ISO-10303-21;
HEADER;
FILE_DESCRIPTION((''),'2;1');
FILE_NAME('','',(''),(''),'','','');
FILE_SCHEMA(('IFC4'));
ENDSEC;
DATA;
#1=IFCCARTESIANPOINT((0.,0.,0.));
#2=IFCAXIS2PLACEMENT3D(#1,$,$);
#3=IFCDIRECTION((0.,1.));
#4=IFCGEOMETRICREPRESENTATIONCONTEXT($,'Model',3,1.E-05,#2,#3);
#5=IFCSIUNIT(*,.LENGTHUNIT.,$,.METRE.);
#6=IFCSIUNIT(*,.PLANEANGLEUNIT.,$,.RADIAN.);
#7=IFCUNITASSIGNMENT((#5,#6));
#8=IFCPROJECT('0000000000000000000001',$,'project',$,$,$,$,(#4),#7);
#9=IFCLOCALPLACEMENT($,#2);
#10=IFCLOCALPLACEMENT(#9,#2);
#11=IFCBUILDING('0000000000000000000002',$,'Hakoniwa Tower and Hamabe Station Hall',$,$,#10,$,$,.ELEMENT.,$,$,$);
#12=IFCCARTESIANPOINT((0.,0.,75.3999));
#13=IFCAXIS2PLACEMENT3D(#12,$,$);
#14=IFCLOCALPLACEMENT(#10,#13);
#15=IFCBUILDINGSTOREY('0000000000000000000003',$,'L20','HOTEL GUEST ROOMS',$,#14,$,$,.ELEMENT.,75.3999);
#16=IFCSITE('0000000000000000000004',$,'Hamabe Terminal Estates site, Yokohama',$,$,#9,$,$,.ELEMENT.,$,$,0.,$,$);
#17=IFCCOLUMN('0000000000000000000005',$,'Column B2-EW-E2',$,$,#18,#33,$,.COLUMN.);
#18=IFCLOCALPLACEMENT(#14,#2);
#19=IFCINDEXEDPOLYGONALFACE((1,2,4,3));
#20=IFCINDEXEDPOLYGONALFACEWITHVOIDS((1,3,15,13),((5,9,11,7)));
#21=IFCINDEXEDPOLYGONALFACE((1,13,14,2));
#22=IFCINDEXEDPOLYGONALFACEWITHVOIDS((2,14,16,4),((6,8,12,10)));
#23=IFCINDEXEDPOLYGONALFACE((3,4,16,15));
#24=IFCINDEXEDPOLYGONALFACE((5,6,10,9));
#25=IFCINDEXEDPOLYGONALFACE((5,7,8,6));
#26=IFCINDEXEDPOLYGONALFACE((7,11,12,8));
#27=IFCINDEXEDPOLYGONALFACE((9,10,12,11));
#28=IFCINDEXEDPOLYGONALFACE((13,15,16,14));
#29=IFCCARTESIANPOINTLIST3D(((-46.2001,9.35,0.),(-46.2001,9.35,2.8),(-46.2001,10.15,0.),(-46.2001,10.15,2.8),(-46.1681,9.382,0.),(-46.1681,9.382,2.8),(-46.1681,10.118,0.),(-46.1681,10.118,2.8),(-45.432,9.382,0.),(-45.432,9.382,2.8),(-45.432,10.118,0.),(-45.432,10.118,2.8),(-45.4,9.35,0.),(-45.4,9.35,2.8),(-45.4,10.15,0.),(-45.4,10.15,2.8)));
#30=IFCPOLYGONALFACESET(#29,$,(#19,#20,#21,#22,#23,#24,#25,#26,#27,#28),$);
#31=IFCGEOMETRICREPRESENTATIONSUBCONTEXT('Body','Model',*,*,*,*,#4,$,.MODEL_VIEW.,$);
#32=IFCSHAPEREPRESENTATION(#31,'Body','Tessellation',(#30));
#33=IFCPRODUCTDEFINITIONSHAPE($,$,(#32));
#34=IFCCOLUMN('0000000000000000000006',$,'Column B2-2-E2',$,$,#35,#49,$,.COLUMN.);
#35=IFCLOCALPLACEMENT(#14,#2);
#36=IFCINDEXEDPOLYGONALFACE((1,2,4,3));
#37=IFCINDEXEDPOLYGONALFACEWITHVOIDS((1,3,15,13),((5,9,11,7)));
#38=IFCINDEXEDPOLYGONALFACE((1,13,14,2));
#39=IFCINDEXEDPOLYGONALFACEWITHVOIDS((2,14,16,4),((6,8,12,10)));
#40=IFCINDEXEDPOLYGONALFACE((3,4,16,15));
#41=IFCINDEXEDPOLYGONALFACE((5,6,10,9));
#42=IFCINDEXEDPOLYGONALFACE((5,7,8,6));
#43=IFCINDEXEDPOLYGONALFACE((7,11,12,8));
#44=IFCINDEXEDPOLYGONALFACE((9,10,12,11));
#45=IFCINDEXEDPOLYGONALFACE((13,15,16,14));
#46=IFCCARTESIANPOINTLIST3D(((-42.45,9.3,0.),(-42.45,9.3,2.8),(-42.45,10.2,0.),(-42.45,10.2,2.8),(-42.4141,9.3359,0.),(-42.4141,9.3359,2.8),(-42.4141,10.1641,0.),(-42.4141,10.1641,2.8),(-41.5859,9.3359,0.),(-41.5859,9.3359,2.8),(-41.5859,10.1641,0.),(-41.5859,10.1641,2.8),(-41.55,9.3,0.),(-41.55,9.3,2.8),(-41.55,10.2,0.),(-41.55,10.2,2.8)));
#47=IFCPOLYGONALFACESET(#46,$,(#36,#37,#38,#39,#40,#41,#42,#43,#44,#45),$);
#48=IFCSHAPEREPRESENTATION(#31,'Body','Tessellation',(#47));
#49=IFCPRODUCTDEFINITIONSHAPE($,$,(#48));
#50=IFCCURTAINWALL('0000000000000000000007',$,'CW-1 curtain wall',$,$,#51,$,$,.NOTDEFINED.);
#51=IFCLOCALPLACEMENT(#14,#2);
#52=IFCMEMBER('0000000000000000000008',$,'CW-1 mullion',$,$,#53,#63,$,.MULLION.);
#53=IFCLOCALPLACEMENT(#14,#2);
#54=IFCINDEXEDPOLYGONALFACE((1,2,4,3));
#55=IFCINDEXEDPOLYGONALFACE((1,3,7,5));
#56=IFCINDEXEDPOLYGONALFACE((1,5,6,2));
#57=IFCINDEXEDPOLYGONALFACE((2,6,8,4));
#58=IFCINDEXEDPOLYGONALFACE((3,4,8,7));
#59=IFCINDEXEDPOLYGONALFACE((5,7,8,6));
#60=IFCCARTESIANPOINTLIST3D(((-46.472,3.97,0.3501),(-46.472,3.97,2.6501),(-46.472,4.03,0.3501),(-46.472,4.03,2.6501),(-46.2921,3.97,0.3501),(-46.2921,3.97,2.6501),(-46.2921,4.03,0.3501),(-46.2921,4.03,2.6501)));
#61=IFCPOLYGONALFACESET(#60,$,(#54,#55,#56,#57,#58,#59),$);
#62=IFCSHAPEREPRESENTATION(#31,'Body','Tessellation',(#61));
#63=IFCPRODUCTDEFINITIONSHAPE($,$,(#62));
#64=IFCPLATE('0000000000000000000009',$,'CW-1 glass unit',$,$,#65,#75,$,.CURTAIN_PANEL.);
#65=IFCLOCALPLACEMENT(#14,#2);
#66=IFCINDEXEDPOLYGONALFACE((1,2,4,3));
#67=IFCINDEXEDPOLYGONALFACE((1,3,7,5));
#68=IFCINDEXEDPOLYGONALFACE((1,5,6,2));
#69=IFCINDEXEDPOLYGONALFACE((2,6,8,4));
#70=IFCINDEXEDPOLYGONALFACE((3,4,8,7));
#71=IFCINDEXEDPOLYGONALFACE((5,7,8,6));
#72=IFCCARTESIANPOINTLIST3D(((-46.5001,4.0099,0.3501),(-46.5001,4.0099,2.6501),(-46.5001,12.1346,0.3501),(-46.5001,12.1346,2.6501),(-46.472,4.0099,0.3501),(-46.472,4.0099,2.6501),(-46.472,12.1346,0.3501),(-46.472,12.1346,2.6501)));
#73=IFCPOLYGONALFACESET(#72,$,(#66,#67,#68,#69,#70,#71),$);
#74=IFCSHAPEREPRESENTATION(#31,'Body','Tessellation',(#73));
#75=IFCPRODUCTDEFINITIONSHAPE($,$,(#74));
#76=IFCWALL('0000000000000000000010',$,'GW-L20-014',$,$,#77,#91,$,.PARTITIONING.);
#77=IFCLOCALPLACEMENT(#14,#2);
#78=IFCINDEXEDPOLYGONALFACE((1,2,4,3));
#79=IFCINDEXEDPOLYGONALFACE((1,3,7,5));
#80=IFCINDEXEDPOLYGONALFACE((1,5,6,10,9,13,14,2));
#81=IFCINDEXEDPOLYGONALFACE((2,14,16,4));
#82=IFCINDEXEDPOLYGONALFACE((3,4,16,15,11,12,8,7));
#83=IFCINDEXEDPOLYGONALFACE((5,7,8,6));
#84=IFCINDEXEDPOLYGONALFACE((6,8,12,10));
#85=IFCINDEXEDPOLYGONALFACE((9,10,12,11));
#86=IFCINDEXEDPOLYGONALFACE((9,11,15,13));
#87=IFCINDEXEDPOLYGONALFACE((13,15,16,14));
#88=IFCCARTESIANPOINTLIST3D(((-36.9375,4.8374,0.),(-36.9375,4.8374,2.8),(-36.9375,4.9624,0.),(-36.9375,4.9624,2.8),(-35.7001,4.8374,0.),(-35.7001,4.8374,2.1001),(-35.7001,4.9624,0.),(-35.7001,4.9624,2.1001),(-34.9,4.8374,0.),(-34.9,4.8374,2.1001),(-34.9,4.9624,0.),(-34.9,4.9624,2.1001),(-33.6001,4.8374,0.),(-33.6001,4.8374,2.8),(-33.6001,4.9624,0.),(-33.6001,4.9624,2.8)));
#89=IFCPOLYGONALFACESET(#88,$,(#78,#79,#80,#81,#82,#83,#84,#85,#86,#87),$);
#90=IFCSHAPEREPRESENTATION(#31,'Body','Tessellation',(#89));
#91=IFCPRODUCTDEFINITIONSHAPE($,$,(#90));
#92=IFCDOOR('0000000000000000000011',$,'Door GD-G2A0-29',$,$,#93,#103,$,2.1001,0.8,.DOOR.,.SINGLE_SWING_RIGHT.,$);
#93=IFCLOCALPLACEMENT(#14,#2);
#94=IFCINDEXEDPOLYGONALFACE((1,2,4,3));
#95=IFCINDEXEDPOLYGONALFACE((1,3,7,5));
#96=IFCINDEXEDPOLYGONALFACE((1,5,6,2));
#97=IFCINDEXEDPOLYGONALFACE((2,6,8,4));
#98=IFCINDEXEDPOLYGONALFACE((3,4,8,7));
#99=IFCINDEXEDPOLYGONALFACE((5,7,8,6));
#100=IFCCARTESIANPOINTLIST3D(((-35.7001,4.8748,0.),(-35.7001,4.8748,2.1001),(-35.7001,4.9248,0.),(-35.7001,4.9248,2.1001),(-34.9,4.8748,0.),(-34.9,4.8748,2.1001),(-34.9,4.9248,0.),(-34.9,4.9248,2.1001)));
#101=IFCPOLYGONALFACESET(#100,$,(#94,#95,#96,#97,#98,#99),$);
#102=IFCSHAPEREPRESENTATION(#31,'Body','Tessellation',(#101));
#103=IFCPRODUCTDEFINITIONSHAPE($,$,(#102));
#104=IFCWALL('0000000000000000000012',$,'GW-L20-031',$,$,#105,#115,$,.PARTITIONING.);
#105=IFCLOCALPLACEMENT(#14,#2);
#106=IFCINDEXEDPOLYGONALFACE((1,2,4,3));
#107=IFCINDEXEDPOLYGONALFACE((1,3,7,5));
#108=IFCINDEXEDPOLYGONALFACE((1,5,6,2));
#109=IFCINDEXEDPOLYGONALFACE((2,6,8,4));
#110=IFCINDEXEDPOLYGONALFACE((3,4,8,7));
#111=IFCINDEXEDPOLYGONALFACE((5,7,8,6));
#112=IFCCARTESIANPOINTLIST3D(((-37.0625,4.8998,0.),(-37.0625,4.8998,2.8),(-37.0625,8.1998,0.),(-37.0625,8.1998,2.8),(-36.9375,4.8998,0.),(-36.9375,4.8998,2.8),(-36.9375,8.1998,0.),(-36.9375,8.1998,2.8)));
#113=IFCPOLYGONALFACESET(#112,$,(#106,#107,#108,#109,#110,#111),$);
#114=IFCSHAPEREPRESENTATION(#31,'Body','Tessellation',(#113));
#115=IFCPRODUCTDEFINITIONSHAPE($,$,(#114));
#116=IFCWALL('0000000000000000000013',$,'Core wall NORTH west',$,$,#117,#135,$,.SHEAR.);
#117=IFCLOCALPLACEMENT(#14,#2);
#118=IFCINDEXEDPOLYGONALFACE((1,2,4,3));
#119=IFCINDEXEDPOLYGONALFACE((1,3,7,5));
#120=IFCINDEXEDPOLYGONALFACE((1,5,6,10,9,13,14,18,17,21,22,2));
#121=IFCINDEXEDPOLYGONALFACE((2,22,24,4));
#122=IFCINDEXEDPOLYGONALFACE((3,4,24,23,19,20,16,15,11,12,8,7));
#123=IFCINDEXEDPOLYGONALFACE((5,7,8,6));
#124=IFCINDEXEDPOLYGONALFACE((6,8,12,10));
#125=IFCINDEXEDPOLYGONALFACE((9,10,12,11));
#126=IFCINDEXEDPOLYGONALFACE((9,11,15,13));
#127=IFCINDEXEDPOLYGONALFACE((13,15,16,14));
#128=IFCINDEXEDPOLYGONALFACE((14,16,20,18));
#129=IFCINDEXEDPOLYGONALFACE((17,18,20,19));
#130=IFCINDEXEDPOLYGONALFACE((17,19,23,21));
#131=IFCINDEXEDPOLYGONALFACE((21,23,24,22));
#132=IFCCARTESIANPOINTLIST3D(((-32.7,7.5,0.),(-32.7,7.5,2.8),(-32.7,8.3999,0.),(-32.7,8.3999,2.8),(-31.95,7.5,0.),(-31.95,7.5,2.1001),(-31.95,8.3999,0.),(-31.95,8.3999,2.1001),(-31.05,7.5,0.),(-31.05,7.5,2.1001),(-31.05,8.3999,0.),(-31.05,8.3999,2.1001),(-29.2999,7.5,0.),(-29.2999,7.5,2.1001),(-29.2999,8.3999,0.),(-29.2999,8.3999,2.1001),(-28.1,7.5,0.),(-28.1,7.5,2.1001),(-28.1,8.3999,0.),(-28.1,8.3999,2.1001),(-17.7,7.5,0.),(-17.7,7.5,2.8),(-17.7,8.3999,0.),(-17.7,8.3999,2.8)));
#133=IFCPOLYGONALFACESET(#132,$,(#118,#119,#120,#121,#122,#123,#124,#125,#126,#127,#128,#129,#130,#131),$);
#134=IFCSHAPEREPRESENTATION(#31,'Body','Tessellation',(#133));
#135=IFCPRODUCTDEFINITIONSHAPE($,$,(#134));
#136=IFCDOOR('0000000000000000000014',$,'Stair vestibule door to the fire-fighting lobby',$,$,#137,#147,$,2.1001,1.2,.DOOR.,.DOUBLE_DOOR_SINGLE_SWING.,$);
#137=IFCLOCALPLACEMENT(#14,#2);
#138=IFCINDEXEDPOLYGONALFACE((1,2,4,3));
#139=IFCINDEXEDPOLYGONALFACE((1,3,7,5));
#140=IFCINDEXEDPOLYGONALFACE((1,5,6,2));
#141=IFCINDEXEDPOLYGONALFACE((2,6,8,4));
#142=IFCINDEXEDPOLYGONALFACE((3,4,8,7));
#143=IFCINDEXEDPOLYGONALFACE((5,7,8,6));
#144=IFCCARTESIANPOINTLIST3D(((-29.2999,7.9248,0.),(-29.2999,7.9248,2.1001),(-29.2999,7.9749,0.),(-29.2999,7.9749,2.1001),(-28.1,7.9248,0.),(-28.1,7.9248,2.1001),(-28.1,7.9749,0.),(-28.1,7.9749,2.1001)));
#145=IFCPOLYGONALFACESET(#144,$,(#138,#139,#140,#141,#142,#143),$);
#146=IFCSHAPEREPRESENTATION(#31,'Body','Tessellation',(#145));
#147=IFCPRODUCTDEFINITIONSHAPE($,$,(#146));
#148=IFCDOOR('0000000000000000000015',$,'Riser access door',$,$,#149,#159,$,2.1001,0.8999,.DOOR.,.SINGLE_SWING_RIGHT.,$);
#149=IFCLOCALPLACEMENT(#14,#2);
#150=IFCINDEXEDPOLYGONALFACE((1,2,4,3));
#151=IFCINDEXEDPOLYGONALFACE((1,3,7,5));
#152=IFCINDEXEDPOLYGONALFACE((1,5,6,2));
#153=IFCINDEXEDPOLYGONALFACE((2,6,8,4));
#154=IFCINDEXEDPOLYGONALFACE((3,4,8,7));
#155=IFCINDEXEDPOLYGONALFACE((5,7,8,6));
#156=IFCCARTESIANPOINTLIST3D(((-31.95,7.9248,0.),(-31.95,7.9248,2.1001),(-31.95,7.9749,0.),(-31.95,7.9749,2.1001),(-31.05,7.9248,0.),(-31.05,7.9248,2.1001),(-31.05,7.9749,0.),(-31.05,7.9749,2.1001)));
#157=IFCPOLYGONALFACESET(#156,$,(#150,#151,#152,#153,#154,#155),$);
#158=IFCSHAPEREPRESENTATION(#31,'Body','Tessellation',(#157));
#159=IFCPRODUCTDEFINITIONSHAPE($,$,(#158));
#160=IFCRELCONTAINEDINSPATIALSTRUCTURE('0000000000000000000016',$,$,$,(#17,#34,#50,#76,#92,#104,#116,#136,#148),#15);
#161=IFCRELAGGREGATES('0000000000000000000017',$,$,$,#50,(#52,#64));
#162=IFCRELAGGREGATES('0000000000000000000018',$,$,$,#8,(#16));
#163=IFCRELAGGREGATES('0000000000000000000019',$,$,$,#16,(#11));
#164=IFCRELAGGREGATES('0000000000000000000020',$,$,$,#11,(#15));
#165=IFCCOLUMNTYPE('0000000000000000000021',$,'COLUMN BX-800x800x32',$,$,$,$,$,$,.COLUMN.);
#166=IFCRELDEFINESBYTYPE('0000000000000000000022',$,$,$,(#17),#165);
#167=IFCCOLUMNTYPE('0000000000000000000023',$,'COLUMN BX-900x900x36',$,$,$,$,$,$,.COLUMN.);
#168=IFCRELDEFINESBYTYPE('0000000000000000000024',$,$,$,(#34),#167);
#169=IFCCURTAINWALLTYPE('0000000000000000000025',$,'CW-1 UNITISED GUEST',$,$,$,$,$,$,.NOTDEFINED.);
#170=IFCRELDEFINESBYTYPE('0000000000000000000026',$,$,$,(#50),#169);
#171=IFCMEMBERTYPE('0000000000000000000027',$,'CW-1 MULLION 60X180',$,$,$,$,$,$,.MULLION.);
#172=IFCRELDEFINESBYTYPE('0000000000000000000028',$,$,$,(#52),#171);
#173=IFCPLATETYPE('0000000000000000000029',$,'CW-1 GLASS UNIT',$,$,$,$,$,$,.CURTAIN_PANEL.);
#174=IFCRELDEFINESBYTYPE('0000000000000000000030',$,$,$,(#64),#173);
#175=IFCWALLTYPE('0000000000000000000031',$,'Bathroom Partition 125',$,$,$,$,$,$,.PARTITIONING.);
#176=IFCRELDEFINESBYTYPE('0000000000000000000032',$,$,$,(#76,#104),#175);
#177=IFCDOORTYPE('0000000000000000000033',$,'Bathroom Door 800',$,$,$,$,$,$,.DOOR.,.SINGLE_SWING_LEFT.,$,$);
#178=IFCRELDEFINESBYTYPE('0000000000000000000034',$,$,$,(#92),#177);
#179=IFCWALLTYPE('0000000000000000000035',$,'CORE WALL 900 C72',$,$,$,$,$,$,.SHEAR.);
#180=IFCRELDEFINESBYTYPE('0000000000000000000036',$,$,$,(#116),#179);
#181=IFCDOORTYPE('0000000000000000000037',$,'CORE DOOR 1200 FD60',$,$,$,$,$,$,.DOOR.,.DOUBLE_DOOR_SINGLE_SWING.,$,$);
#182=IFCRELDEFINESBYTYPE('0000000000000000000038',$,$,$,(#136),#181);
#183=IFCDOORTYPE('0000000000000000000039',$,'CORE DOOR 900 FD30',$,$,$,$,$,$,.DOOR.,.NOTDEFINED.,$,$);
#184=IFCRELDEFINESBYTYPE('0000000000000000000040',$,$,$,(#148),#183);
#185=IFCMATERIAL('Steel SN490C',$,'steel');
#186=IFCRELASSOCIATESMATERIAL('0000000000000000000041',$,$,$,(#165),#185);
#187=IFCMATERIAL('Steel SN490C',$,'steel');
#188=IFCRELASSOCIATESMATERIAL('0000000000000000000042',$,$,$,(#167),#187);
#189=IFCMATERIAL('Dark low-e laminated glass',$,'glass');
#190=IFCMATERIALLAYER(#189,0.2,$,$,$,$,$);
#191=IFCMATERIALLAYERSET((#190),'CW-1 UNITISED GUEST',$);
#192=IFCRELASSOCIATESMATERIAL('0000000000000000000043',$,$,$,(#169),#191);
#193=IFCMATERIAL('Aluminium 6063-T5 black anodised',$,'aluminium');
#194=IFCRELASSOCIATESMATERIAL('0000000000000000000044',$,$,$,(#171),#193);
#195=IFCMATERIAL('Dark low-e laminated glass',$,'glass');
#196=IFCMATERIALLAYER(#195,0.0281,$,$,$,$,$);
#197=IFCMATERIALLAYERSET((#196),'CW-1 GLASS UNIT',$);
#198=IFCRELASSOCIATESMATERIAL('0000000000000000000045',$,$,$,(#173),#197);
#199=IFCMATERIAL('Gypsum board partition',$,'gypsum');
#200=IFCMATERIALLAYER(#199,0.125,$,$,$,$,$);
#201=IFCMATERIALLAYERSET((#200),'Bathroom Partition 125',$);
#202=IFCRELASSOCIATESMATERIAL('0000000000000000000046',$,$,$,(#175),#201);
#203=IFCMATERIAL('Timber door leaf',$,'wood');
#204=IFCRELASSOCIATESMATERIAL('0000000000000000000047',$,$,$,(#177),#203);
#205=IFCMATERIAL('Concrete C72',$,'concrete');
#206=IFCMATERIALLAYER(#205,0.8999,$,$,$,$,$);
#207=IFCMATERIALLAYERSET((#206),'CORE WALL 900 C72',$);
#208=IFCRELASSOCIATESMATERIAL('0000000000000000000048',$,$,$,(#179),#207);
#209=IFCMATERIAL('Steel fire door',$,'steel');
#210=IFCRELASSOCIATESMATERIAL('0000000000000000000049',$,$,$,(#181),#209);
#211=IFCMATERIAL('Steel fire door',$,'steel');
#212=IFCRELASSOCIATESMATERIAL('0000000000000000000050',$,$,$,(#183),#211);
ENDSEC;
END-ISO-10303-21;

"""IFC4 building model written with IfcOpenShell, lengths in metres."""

from ifc_helpers import new_model, si_unit, direction, frame, frame_2d, origin, origin_2d, place, context, subcontext, project, spatial, rectangle, hollow_rectangle, extrude, material, layer, layer_set, material_profile, profile_set, type_object, element, fill, aggregate, save


model = new_model("IFC4")

# Units and contexts
model_context = context("Model", 3, precision=1e-05, world=origin(), true_north=direction((0.0, 1.0)))
body_context = subcontext(model_context, "Body", "Model", "MODEL_VIEW")
ifc_project = project(units=[si_unit("LENGTHUNIT", "METRE"), si_unit("PLANEANGLEUNIT", "RADIAN")], contexts=[model_context])

# Site, building, storey
site_placement = place(None, origin())
site = spatial("IfcSite", under=ifc_project, at=site_placement, Name="Hamabe Terminal Estates site, Yokohama", CompositionType="ELEMENT", RefElevation=0.0)
building_placement = place(site_placement, origin())
building = spatial("IfcBuilding", under=site, at=building_placement, Name="Hakoniwa Tower and Hamabe Station Hall", CompositionType="ELEMENT")
storey_placement = place(building_placement, frame((0.0, 0.0, 75.3999)))
storey = spatial("IfcBuildingStorey", under=building, at=storey_placement, Name="L20", Description="HOTEL GUEST ROOMS", CompositionType="ELEMENT", Elevation=75.3999)

# Columns
ifc_material_1 = material(Name="Steel SN490C", Category="steel")
ifc_material_profile_1 = material_profile(ifc_material_1, hollow_rectangle(XDim=0.8, YDim=0.8, WallThickness=0.032, at=origin_2d()), Name="BX-800x800x32")
ifc_profile_set_1 = profile_set([ifc_material_profile_1], Name="Steel SN490C")
column_type_1 = type_object("IfcColumnType", Name="COLUMN BX-800x800x32", PredefinedType="COLUMN", material=ifc_profile_set_1)
column_1_placement = place(storey_placement, frame((-45.8, 9.75, 0.0), z_axis=(0.0, 0.0, 1.0), x_axis=(1.0, 0.0, 0.0)))
element("IfcColumn", 1, at=column_1_placement, inside=storey, type_object=column_type_1, Name="Column B2-EW-E2", PredefinedType="COLUMN", context=body_context, shape_type="SweptSolid", body=[
    extrude(hollow_rectangle(XDim=0.8, YDim=0.8, WallThickness=0.032, at=origin_2d()), origin(), (0.0, 0.0, 1.0), 2.8),
])
ifc_material_2 = material(Name="Steel SN490C", Category="steel")
ifc_material_profile_2 = material_profile(ifc_material_2, hollow_rectangle(XDim=0.8999, YDim=0.8999, WallThickness=0.0359, at=origin_2d()), Name="BX-900x900x36")
ifc_profile_set_2 = profile_set([ifc_material_profile_2], Name="Steel SN490C")
column_type_2 = type_object("IfcColumnType", Name="COLUMN BX-900x900x36", PredefinedType="COLUMN", material=ifc_profile_set_2)
column_2_placement = place(storey_placement, frame((-42.0, 9.75, 0.0), z_axis=(0.0, 0.0, 1.0), x_axis=(1.0, 0.0, 0.0)))
element("IfcColumn", 2, at=column_2_placement, inside=storey, type_object=column_type_2, Name="Column B2-2-E2", PredefinedType="COLUMN", context=body_context, shape_type="SweptSolid", body=[
    extrude(hollow_rectangle(XDim=0.8999, YDim=0.8999, WallThickness=0.0359, at=origin_2d()), origin(), (0.0, 0.0, 1.0), 2.8),
])

# Curtain wall, member, plate
ifc_material_3 = material(Name="Dark low-e laminated glass", Category="glass")
ifc_layer_1 = layer(ifc_material_3, 0.2)
ifc_layer_set_1 = layer_set([ifc_layer_1], Name="CW-1 UNITISED GUEST")
curtain_wall_type = type_object("IfcCurtainWallType", Name="CW-1 UNITISED GUEST", PredefinedType="NOTDEFINED", material=ifc_layer_set_1)
curtain_wall_placement = place(storey_placement, origin())
curtain_wall = element("IfcCurtainWall", 3, at=curtain_wall_placement, inside=storey, type_object=curtain_wall_type, Name="CW-1 curtain wall", PredefinedType="NOTDEFINED")
ifc_material_4 = material(Name="Aluminium 6063-T5 black anodised", Category="aluminium")
ifc_material_profile_3 = material_profile(ifc_material_4, rectangle(XDim=0.0601, YDim=0.1799, at=origin_2d()), Name="CW-1 MULLION 60X180")
ifc_profile_set_3 = profile_set([ifc_material_profile_3], Name="Aluminium 6063-T5 black anodised")
member_type = type_object("IfcMemberType", Name="CW-1 MULLION 60X180", PredefinedType="MULLION", material=ifc_profile_set_3)
member_placement = place(storey_placement, frame((-46.3821, 4.0, 0.3501), z_axis=(0.0, 0.0, 1.0), x_axis=(0.0, -1.0, 0.0)))
member = element("IfcMember", 4, at=member_placement, type_object=member_type, Name="CW-1 mullion", PredefinedType="MULLION", context=body_context, shape_type="SweptSolid", body=[
    extrude(rectangle(XDim=0.0601, YDim=0.1799, at=origin_2d()), origin(), (0.0, 0.0, 1.0), 2.3),
])
ifc_material_5 = material(Name="Dark low-e laminated glass", Category="glass")
ifc_layer_2 = layer(ifc_material_5, 0.0281)
ifc_layer_set_2 = layer_set([ifc_layer_2], Name="CW-1 GLASS UNIT")
plate_type = type_object("IfcPlateType", Name="CW-1 GLASS UNIT", PredefinedType="CURTAIN_PANEL", material=ifc_layer_set_2)
plate_placement = place(storey_placement, frame((-46.4861, 8.0723, 0.3501), z_axis=(0.0, 0.0, 1.0), x_axis=(0.0, -1.0, 0.0)))
plate = element("IfcPlate", 5, at=plate_placement, type_object=plate_type, Name="CW-1 glass unit", PredefinedType="CURTAIN_PANEL", context=body_context, shape_type="SweptSolid", body=[
    extrude(rectangle(XDim=8.1248, YDim=0.0281, at=origin_2d()), origin(), (0.0, 0.0, 1.0), 2.3),
])
aggregate(curtain_wall, [member, plate])

# Wall, opening, door
ifc_material_6 = material(Name="Gypsum board partition", Category="gypsum")
ifc_layer_3 = layer(ifc_material_6, 0.125)
ifc_layer_set_3 = layer_set([ifc_layer_3], Name="Bathroom Partition 125")
wall_type_1 = type_object("IfcWallType", Name="Bathroom Partition 125", PredefinedType="PARTITIONING", material=ifc_layer_set_3)
wall_1_placement = place(storey_placement, frame((-36.9375, 4.8999, 0.0), z_axis=(0.0, 0.0, 1.0), x_axis=(1.0, 0.0, 0.0)))
wall_1 = element("IfcWall", 6, at=wall_1_placement, inside=storey, type_object=wall_type_1, Name="GW-L20-014", PredefinedType="PARTITIONING", context=body_context, shape_type="SweptSolid", body=[
    extrude(rectangle(XDim=3.3374, YDim=0.125, at=frame_2d((1.6687, 0.0))), origin(), (0.0, 0.0, 1.0), 2.8),
])
opening_1_placement = place(wall_1_placement, frame((1.2375, 0.0, 0.0)))
opening_1 = element("IfcOpeningElement", 7, at=opening_1_placement, cuts=wall_1, PredefinedType="OPENING", context=body_context, shape_type="SweptSolid", body=[
    extrude(rectangle(XDim=0.8, YDim=2.1001, at=frame_2d((0.3999, 1.05))), frame((0.0, 0.0725, 0.0), z_axis=(0.0, -1.0, 0.0), x_axis=(1.0, 0.0, 0.0)), (0.0, 0.0, 1.0), 0.145),
])
ifc_material_7 = material(Name="Timber door leaf", Category="wood")
door_type_1 = type_object("IfcDoorType", Name="Bathroom Door 800", OperationType="SINGLE_SWING_LEFT", PredefinedType="DOOR", material=ifc_material_7)
door_1_placement = place(opening_1_placement, origin())
door_1 = element("IfcDoor", 8, at=door_1_placement, inside=storey, type_object=door_type_1, Name="Door GD-G2A0-29", OperationType="SINGLE_SWING_RIGHT", OverallHeight=2.1001, OverallWidth=0.8, PredefinedType="DOOR", context=body_context, shape_type="SweptSolid", body=[
    extrude(rectangle(XDim=0.8, YDim=2.1001, at=frame_2d((0.3999, 1.05))), frame((0.0, 0.0249, 0.0), z_axis=(0.0, -1.0, 0.0), x_axis=(1.0, 0.0, 0.0)), (0.0, 0.0, 1.0), 0.05),
])
fill(opening_1, door_1)

# Wall
wall_2_placement = place(storey_placement, frame((-37.0, 4.8999, 0.0), z_axis=(0.0, 0.0, 1.0), x_axis=(0.0, 1.0, 0.0)))
element("IfcWall", 9, at=wall_2_placement, inside=storey, type_object=wall_type_1, Name="GW-L20-031", PredefinedType="PARTITIONING", context=body_context, shape_type="SweptSolid", body=[
    extrude(rectangle(XDim=3.3, YDim=0.125, at=frame_2d((1.6499, 0.0))), origin(), (0.0, 0.0, 1.0), 2.8),
])

# Wall, openings, doors
ifc_material_8 = material(Name="Concrete C72", Category="concrete")
ifc_layer_4 = layer(ifc_material_8, 0.8999)
ifc_layer_set_4 = layer_set([ifc_layer_4], Name="CORE WALL 900 C72")
wall_type_2 = type_object("IfcWallType", Name="CORE WALL 900 C72", PredefinedType="SHEAR", material=ifc_layer_set_4)
wall_3_placement = place(storey_placement, frame((-32.7, 7.95, 0.0), z_axis=(0.0, 0.0, 1.0), x_axis=(1.0, 0.0, 0.0)))
wall_3 = element("IfcWall", 10, at=wall_3_placement, inside=storey, type_object=wall_type_2, Name="Core wall NORTH west", PredefinedType="SHEAR", context=body_context, shape_type="SweptSolid", body=[
    extrude(rectangle(XDim=15.0, YDim=0.8999, at=frame_2d((7.5, 0.0))), origin(), (0.0, 0.0, 1.0), 2.8),
])
opening_2_placement = place(wall_3_placement, frame((3.3999, 0.0, 0.0)))
opening_2 = element("IfcOpeningElement", 11, at=opening_2_placement, cuts=wall_3, PredefinedType="OPENING", context=body_context, shape_type="SweptSolid", body=[
    extrude(rectangle(XDim=1.2, YDim=2.1001, at=frame_2d((0.6001, 1.05))), frame((0.0, 0.46, 0.0), z_axis=(0.0, -1.0, 0.0), x_axis=(1.0, 0.0, 0.0)), (0.0, 0.0, 1.0), 0.9199),
])
opening_3_placement = place(wall_3_placement, frame((0.75, 0.0, 0.0)))
opening_3 = element("IfcOpeningElement", 12, at=opening_3_placement, cuts=wall_3, PredefinedType="OPENING", context=body_context, shape_type="SweptSolid", body=[
    extrude(rectangle(XDim=0.8999, YDim=2.1001, at=frame_2d((0.45, 1.05))), frame((0.0, 0.46, 0.0), z_axis=(0.0, -1.0, 0.0), x_axis=(1.0, 0.0, 0.0)), (0.0, 0.0, 1.0), 0.9199),
])
ifc_material_9 = material(Name="Steel fire door", Category="steel")
door_type_2 = type_object("IfcDoorType", Name="CORE DOOR 1200 FD60", OperationType="DOUBLE_DOOR_SINGLE_SWING", PredefinedType="DOOR", material=ifc_material_9)
door_2_placement = place(opening_2_placement, origin())
door_2 = element("IfcDoor", 13, at=door_2_placement, inside=storey, type_object=door_type_2, Name="Stair vestibule door to the fire-fighting lobby", OperationType="DOUBLE_DOOR_SINGLE_SWING", OverallHeight=2.1001, OverallWidth=1.2, PredefinedType="DOOR", context=body_context, shape_type="SweptSolid", body=[
    extrude(rectangle(XDim=1.2, YDim=2.1001, at=frame_2d((0.6001, 1.05))), frame((0.0, 0.0249, 0.0), z_axis=(0.0, -1.0, 0.0), x_axis=(1.0, 0.0, 0.0)), (0.0, 0.0, 1.0), 0.05),
])
fill(opening_2, door_2)
ifc_material_10 = material(Name="Steel fire door", Category="steel")
door_type_3 = type_object("IfcDoorType", Name="CORE DOOR 900 FD30", OperationType="NOTDEFINED", PredefinedType="DOOR", material=ifc_material_10)
door_3_placement = place(opening_3_placement, origin())
door_3 = element("IfcDoor", 14, at=door_3_placement, inside=storey, type_object=door_type_3, Name="Riser access door", OperationType="SINGLE_SWING_RIGHT", OverallHeight=2.1001, OverallWidth=0.8999, PredefinedType="DOOR", context=body_context, shape_type="SweptSolid", body=[
    extrude(rectangle(XDim=0.8999, YDim=2.1001, at=frame_2d((0.45, 1.05))), frame((0.0, 0.0249, 0.0), z_axis=(0.0, -1.0, 0.0), x_axis=(1.0, 0.0, 0.0)), (0.0, 0.0, 1.0), 0.05),
])
fill(opening_3, door_3)

save(model, "model.ifc")
